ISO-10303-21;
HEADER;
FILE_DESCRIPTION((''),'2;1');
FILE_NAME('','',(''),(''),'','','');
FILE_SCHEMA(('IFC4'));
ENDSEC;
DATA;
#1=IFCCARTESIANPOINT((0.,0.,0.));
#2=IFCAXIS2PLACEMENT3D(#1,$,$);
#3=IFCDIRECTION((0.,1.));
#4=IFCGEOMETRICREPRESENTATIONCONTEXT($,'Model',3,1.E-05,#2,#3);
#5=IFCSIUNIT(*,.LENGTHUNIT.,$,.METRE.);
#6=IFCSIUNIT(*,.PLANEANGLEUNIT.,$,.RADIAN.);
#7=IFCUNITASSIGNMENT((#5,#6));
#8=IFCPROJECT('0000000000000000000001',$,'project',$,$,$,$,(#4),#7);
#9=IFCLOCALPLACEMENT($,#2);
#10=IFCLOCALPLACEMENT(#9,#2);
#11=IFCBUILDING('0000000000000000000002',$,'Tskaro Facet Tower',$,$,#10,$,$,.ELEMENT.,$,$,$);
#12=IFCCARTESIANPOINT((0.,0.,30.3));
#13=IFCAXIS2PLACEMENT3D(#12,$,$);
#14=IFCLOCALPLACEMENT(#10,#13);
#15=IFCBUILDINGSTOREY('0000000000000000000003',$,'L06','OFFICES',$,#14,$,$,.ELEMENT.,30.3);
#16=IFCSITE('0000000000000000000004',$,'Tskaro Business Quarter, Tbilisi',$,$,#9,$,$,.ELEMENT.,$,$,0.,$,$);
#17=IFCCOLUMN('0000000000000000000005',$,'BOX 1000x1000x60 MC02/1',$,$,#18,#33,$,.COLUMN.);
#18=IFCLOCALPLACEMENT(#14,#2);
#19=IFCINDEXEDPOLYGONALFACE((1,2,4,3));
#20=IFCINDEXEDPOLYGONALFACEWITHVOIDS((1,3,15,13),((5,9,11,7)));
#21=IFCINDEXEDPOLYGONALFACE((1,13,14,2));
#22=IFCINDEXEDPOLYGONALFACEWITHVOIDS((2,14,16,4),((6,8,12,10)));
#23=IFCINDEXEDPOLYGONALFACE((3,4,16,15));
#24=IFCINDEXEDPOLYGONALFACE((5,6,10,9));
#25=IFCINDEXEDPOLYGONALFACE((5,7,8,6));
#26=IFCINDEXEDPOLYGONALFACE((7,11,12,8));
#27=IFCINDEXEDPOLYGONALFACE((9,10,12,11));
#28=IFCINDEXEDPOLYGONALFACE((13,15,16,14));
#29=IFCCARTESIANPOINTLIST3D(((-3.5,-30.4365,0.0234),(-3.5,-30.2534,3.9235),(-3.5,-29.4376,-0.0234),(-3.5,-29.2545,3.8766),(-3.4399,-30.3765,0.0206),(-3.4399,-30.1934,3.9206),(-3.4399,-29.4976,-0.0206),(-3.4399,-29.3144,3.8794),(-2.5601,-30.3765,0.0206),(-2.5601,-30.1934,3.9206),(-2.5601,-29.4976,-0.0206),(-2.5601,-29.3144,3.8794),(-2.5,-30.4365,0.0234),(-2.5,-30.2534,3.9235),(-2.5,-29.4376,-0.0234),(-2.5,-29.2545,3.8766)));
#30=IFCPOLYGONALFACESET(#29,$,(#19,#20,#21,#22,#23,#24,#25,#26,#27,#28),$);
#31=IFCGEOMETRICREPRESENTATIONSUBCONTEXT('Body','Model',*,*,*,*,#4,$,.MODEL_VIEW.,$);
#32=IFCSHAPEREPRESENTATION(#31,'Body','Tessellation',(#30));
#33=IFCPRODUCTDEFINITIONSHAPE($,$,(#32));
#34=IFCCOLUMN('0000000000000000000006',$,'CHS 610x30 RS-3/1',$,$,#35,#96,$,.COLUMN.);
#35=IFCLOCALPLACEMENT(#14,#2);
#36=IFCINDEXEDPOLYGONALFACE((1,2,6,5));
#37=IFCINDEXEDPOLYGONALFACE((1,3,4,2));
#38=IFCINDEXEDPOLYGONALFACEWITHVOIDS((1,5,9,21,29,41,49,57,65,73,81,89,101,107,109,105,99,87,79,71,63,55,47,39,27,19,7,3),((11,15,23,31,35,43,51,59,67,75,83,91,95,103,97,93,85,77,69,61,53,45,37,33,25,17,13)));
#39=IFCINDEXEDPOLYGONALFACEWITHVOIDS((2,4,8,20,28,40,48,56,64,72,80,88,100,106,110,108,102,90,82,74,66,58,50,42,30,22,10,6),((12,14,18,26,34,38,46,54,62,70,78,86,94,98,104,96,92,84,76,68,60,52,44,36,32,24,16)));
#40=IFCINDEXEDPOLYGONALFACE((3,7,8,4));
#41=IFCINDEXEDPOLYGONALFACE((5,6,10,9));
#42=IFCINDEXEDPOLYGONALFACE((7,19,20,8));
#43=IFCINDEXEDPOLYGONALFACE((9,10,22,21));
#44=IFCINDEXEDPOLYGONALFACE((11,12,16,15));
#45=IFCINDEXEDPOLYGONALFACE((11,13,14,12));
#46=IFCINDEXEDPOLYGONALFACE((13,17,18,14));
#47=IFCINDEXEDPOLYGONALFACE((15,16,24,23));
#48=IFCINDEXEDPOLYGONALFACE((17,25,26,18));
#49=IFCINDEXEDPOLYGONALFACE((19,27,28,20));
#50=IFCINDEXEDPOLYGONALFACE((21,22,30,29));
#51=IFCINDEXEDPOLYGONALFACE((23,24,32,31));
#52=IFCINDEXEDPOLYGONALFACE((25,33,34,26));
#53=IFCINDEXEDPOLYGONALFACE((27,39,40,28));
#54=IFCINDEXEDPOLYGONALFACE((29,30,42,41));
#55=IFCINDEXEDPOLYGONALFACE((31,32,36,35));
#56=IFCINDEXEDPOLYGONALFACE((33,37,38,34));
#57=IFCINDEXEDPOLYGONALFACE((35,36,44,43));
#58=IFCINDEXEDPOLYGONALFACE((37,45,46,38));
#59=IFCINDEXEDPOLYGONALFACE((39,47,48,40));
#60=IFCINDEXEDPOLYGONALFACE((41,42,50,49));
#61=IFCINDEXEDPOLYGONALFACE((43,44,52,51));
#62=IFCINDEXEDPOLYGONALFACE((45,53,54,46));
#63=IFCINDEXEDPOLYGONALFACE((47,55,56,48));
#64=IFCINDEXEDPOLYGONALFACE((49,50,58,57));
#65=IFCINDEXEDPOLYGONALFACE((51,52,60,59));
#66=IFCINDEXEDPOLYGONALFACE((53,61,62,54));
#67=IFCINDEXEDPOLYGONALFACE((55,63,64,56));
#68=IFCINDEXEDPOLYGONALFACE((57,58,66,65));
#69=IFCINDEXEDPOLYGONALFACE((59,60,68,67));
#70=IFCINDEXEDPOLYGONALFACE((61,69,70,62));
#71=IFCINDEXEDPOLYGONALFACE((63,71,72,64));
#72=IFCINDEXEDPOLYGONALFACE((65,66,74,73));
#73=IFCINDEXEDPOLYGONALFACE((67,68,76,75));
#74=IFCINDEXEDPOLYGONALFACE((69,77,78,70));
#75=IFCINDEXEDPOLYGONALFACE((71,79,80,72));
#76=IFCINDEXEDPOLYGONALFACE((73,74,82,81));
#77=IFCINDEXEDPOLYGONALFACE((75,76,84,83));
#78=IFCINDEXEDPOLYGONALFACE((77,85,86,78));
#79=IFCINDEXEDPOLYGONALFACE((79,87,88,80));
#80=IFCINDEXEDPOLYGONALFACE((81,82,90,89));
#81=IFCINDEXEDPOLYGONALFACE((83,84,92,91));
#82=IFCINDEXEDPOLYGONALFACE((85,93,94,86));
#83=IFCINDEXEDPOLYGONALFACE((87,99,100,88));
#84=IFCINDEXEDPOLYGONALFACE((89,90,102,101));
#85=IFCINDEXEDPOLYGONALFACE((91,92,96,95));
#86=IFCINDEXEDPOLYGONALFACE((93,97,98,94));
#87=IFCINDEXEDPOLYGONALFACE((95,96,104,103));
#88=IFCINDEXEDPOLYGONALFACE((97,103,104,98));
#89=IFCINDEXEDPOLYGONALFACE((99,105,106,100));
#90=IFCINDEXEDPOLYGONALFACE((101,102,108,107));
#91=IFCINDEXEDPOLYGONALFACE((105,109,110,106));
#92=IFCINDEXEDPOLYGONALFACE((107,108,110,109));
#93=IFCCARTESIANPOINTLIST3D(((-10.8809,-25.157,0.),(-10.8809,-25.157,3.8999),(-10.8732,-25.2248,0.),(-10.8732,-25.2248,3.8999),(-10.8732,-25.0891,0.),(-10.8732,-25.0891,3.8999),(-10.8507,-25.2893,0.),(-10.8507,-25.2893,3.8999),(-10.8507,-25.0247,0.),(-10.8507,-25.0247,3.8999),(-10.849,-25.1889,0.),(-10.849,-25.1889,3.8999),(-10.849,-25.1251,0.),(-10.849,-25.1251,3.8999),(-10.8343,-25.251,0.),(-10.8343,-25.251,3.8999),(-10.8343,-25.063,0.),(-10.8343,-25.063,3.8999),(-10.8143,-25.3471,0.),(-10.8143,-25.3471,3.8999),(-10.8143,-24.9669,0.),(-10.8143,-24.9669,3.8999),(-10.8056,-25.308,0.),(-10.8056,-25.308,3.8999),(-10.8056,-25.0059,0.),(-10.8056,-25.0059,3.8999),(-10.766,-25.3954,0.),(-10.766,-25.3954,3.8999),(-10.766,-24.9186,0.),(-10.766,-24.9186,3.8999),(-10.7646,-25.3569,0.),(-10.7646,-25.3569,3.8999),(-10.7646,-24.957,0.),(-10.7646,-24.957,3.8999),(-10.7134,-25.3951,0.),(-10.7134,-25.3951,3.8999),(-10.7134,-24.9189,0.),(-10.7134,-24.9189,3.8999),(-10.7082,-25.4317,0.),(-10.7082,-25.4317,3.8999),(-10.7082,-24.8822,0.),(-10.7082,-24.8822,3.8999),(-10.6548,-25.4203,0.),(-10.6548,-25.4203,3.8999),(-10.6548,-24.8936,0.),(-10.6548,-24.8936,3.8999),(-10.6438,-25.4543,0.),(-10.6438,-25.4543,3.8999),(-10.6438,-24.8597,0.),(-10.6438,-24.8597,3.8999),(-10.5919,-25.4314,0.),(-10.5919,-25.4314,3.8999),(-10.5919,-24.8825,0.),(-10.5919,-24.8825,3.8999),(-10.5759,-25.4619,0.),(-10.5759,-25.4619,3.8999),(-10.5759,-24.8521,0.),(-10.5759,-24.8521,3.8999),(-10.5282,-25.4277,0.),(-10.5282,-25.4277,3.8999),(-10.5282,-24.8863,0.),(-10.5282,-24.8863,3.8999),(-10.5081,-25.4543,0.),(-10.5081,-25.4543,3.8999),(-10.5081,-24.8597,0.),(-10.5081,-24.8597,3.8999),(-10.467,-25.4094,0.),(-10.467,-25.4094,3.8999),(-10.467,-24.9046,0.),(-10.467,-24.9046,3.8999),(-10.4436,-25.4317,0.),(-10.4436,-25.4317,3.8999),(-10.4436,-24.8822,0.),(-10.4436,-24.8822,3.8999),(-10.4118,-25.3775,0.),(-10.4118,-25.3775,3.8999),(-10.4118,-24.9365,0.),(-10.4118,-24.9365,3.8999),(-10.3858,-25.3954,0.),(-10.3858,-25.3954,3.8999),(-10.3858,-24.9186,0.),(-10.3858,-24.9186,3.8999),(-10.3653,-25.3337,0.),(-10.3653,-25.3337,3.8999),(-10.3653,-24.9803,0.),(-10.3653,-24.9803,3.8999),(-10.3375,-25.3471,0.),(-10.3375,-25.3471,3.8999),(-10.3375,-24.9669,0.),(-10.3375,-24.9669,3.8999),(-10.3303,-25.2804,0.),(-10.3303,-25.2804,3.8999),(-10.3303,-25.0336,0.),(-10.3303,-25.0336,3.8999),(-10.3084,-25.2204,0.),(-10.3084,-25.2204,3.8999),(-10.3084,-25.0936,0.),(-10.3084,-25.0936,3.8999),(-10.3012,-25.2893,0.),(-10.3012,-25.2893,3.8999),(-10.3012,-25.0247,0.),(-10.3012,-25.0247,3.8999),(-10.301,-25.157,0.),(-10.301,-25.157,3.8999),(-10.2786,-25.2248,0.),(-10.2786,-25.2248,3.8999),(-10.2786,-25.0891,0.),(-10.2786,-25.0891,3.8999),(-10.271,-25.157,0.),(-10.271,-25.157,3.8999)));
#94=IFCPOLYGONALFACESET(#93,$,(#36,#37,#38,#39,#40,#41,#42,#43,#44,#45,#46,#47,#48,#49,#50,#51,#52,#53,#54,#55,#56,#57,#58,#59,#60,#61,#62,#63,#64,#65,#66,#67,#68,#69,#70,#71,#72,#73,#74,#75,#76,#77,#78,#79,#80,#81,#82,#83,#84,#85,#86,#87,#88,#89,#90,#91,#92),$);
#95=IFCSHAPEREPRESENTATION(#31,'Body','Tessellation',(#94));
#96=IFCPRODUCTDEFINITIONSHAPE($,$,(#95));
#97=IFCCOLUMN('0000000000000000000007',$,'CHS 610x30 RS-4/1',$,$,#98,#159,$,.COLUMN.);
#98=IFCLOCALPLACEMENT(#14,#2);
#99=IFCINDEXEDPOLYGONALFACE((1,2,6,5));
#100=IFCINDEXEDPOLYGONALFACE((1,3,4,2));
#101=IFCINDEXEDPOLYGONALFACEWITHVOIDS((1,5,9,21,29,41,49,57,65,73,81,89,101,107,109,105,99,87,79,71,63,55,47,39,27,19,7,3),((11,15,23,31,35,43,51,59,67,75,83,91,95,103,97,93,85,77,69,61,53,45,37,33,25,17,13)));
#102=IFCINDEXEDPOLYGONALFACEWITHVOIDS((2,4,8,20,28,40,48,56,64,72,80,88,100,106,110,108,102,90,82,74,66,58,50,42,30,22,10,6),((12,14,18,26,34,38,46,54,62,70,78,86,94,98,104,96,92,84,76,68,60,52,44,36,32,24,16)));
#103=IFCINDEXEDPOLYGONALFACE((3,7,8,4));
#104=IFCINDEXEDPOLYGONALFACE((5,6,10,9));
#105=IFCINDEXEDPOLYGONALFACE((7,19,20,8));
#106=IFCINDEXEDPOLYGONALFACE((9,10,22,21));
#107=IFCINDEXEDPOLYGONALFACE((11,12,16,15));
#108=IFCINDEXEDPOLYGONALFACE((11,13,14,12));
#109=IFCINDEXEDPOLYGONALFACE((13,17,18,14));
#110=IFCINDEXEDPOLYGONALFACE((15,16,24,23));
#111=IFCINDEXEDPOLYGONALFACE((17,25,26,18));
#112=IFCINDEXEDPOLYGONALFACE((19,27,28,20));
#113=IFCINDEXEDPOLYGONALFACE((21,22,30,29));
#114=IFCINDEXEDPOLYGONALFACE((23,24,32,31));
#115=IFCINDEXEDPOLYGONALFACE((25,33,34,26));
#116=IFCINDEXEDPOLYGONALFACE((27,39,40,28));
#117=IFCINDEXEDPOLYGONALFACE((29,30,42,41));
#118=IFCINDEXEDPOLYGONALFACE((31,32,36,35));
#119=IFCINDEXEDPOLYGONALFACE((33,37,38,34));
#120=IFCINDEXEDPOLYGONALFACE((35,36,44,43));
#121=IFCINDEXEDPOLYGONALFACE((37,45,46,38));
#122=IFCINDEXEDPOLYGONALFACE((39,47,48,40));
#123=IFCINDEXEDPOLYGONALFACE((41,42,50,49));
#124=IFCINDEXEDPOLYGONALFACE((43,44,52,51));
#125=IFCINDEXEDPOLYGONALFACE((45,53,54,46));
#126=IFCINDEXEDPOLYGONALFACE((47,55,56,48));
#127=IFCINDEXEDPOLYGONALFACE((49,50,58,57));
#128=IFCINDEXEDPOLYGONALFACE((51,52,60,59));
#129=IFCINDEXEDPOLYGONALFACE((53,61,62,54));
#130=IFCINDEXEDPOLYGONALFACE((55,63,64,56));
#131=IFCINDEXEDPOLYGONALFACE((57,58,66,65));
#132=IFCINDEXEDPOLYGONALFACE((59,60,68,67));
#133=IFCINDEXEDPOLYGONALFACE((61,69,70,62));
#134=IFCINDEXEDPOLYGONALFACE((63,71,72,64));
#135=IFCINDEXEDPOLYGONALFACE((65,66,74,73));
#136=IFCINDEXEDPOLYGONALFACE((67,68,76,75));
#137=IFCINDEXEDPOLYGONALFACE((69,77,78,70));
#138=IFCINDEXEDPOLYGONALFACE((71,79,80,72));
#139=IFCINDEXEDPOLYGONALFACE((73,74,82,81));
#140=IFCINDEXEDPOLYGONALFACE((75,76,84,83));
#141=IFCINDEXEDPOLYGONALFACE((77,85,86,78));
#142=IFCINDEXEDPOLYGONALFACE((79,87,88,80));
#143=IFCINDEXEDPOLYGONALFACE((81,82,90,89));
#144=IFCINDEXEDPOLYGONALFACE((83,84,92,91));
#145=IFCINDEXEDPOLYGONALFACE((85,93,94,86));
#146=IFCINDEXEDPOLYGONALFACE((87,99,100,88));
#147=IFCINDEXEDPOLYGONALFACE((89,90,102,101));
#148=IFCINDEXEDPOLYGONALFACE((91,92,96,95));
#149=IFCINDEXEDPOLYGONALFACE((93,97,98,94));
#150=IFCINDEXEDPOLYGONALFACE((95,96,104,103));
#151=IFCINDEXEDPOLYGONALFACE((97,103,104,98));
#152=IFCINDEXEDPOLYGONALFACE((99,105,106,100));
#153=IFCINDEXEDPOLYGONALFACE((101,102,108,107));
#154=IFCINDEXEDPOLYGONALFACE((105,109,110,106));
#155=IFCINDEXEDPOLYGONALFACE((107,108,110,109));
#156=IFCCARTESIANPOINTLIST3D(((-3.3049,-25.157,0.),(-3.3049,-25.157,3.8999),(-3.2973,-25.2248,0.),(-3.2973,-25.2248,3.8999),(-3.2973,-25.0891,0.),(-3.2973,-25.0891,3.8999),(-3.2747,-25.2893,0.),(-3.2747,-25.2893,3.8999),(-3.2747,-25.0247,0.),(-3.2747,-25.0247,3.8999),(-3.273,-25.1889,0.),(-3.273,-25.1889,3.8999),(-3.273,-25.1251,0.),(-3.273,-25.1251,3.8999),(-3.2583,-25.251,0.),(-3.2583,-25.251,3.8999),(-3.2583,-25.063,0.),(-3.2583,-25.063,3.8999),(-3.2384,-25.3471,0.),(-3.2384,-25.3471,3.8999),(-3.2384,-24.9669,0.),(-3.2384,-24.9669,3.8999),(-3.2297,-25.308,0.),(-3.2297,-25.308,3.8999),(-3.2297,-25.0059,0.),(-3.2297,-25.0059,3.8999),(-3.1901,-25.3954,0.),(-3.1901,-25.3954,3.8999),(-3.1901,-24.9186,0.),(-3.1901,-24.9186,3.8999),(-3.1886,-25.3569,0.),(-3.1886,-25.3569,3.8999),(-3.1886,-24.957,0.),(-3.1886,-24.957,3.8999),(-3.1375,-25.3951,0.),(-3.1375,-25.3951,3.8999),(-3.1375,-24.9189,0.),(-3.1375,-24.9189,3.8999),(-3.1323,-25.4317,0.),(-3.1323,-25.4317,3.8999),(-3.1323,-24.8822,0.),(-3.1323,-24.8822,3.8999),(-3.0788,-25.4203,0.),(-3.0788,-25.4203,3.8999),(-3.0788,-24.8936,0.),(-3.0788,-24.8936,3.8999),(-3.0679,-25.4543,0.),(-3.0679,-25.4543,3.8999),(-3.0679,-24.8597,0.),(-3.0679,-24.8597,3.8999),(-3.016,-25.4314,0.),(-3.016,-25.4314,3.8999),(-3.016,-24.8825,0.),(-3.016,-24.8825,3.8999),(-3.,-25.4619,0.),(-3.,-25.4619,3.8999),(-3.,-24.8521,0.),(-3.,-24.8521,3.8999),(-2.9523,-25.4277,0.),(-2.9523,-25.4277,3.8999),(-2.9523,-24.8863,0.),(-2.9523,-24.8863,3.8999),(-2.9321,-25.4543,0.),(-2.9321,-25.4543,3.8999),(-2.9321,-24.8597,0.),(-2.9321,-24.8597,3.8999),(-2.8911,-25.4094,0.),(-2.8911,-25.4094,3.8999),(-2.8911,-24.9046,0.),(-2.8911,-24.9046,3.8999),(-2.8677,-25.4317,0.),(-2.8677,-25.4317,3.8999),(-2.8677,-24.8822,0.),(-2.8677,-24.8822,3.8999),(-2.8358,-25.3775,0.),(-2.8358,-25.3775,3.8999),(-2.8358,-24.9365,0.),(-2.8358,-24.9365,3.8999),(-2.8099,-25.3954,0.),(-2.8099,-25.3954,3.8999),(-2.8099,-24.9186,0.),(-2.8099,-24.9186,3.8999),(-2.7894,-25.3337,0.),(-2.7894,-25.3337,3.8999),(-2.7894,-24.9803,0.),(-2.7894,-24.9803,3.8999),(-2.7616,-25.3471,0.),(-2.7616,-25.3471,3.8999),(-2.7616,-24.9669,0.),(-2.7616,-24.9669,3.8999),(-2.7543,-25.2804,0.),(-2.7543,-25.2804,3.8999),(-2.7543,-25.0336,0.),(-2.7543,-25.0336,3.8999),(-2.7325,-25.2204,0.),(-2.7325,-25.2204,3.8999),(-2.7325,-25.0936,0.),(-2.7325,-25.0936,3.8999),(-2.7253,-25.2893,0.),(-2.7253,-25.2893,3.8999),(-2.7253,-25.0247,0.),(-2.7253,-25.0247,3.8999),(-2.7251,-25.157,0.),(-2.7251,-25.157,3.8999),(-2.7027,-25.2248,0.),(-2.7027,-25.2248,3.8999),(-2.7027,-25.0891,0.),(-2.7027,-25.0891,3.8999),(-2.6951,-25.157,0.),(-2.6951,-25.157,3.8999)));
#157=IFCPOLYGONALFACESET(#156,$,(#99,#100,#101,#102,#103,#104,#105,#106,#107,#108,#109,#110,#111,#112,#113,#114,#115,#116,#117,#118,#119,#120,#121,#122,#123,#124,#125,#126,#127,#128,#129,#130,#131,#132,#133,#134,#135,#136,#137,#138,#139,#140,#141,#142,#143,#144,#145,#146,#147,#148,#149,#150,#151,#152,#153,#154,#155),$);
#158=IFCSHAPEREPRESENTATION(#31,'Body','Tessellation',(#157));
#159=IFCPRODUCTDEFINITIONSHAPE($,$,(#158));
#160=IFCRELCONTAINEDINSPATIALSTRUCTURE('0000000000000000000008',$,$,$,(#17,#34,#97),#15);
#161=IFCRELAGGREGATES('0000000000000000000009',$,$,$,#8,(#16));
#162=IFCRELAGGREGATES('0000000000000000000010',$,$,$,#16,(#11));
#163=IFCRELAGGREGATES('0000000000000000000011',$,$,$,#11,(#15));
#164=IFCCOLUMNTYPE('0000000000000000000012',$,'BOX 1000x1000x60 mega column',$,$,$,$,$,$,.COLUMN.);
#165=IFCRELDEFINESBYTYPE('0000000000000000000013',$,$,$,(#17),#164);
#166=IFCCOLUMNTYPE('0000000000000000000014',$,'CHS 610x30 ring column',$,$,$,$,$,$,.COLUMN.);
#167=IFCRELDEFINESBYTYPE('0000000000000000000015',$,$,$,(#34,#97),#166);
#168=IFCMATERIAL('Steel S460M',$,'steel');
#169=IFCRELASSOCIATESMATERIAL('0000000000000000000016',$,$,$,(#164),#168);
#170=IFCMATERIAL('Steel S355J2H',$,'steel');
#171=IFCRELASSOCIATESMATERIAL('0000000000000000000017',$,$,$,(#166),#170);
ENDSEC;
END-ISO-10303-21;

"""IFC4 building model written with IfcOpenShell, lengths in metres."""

from ifc_helpers import new_model, si_unit, direction, frame, origin, origin_2d, place, context, subcontext, project, spatial, hollow_rectangle, hollow_circle, extrude, material, material_profile, profile_set, type_object, element, save


model = new_model("IFC4")

# Units and contexts
model_context = context("Model", 3, precision=1e-05, world=origin(), true_north=direction((0.0, 1.0)))
body_context = subcontext(model_context, "Body", "Model", "MODEL_VIEW")
ifc_project = project(units=[si_unit("LENGTHUNIT", "METRE"), si_unit("PLANEANGLEUNIT", "RADIAN")], contexts=[model_context])

# Site, building, storey
site_placement = place(None, origin())
site = spatial("IfcSite", under=ifc_project, at=site_placement, Name="Tskaro Business Quarter, Tbilisi", CompositionType="ELEMENT", RefElevation=0.0)
building_placement = place(site_placement, origin())
building = spatial("IfcBuilding", under=site, at=building_placement, Name="Tskaro Facet Tower", CompositionType="ELEMENT")
storey_placement = place(building_placement, frame((0.0, 0.0, 30.3)))
storey = spatial("IfcBuildingStorey", under=building, at=storey_placement, Name="L06", Description="OFFICES", CompositionType="ELEMENT", Elevation=30.3)

# Columns
ifc_material_1 = material(Name="Steel S460M", Category="steel")
ifc_material_profile_1 = material_profile(ifc_material_1, hollow_rectangle(XDim=1.0, YDim=1.0, WallThickness=0.0601, at=origin_2d()), Name="BOX 1000x1000x60")
ifc_profile_set_1 = profile_set([ifc_material_profile_1], Name="Steel S460M")
column_type_1 = type_object("IfcColumnType", Name="BOX 1000x1000x60 mega column", PredefinedType="COLUMN", material=ifc_profile_set_1)
column_1_placement = place(storey_placement, frame((-3.0, -29.937, 0.0), z_axis=(0.0, 0.0469, 0.9989), x_axis=(-1.0, 0.0, 0.0)))
element("IfcColumn", 1, at=column_1_placement, inside=storey, type_object=column_type_1, Name="BOX 1000x1000x60 MC02/1", PredefinedType="COLUMN", context=body_context, shape_type="SweptSolid", body=[
    extrude(hollow_rectangle(XDim=1.0, YDim=1.0, WallThickness=0.0601, at=origin_2d()), origin(), (0.0, 0.0, 1.0), 3.9043),
])
ifc_material_2 = material(Name="Steel S355J2H", Category="steel")
ifc_material_profile_2 = material_profile(ifc_material_2, hollow_circle(Radius=0.3049, WallThickness=0.03, at=origin_2d()), Name="CHS 610x30")
ifc_profile_set_2 = profile_set([ifc_material_profile_2], Name="Steel S355J2H")
column_type_2 = type_object("IfcColumnType", Name="CHS 610x30 ring column", PredefinedType="COLUMN", material=ifc_profile_set_2)
for number, where, z_axis, x_axis, name in (
    (2, (-10.5759, -25.157, 0.0), (0.0, 0.0, 1.0), (1.0, 0.0, 0.0), "CHS 610x30 RS-3/1"),
    (3, (-3.0, -25.157, 0.0), (0.0, 0.0, 1.0), (1.0, 0.0, 0.0), "CHS 610x30 RS-4/1"),
):
    element("IfcColumn", number, at=place(storey_placement, frame(where, z_axis=z_axis, x_axis=x_axis)), inside=storey, type_object=column_type_2, Name=name, PredefinedType="COLUMN", context=body_context, shape_type="SweptSolid", body=[
        extrude(hollow_circle(Radius=0.3049, WallThickness=0.03, at=origin_2d()), origin(), (0.0, 0.0, 1.0), 3.8999),
    ])

save(model, "model.ifc")
